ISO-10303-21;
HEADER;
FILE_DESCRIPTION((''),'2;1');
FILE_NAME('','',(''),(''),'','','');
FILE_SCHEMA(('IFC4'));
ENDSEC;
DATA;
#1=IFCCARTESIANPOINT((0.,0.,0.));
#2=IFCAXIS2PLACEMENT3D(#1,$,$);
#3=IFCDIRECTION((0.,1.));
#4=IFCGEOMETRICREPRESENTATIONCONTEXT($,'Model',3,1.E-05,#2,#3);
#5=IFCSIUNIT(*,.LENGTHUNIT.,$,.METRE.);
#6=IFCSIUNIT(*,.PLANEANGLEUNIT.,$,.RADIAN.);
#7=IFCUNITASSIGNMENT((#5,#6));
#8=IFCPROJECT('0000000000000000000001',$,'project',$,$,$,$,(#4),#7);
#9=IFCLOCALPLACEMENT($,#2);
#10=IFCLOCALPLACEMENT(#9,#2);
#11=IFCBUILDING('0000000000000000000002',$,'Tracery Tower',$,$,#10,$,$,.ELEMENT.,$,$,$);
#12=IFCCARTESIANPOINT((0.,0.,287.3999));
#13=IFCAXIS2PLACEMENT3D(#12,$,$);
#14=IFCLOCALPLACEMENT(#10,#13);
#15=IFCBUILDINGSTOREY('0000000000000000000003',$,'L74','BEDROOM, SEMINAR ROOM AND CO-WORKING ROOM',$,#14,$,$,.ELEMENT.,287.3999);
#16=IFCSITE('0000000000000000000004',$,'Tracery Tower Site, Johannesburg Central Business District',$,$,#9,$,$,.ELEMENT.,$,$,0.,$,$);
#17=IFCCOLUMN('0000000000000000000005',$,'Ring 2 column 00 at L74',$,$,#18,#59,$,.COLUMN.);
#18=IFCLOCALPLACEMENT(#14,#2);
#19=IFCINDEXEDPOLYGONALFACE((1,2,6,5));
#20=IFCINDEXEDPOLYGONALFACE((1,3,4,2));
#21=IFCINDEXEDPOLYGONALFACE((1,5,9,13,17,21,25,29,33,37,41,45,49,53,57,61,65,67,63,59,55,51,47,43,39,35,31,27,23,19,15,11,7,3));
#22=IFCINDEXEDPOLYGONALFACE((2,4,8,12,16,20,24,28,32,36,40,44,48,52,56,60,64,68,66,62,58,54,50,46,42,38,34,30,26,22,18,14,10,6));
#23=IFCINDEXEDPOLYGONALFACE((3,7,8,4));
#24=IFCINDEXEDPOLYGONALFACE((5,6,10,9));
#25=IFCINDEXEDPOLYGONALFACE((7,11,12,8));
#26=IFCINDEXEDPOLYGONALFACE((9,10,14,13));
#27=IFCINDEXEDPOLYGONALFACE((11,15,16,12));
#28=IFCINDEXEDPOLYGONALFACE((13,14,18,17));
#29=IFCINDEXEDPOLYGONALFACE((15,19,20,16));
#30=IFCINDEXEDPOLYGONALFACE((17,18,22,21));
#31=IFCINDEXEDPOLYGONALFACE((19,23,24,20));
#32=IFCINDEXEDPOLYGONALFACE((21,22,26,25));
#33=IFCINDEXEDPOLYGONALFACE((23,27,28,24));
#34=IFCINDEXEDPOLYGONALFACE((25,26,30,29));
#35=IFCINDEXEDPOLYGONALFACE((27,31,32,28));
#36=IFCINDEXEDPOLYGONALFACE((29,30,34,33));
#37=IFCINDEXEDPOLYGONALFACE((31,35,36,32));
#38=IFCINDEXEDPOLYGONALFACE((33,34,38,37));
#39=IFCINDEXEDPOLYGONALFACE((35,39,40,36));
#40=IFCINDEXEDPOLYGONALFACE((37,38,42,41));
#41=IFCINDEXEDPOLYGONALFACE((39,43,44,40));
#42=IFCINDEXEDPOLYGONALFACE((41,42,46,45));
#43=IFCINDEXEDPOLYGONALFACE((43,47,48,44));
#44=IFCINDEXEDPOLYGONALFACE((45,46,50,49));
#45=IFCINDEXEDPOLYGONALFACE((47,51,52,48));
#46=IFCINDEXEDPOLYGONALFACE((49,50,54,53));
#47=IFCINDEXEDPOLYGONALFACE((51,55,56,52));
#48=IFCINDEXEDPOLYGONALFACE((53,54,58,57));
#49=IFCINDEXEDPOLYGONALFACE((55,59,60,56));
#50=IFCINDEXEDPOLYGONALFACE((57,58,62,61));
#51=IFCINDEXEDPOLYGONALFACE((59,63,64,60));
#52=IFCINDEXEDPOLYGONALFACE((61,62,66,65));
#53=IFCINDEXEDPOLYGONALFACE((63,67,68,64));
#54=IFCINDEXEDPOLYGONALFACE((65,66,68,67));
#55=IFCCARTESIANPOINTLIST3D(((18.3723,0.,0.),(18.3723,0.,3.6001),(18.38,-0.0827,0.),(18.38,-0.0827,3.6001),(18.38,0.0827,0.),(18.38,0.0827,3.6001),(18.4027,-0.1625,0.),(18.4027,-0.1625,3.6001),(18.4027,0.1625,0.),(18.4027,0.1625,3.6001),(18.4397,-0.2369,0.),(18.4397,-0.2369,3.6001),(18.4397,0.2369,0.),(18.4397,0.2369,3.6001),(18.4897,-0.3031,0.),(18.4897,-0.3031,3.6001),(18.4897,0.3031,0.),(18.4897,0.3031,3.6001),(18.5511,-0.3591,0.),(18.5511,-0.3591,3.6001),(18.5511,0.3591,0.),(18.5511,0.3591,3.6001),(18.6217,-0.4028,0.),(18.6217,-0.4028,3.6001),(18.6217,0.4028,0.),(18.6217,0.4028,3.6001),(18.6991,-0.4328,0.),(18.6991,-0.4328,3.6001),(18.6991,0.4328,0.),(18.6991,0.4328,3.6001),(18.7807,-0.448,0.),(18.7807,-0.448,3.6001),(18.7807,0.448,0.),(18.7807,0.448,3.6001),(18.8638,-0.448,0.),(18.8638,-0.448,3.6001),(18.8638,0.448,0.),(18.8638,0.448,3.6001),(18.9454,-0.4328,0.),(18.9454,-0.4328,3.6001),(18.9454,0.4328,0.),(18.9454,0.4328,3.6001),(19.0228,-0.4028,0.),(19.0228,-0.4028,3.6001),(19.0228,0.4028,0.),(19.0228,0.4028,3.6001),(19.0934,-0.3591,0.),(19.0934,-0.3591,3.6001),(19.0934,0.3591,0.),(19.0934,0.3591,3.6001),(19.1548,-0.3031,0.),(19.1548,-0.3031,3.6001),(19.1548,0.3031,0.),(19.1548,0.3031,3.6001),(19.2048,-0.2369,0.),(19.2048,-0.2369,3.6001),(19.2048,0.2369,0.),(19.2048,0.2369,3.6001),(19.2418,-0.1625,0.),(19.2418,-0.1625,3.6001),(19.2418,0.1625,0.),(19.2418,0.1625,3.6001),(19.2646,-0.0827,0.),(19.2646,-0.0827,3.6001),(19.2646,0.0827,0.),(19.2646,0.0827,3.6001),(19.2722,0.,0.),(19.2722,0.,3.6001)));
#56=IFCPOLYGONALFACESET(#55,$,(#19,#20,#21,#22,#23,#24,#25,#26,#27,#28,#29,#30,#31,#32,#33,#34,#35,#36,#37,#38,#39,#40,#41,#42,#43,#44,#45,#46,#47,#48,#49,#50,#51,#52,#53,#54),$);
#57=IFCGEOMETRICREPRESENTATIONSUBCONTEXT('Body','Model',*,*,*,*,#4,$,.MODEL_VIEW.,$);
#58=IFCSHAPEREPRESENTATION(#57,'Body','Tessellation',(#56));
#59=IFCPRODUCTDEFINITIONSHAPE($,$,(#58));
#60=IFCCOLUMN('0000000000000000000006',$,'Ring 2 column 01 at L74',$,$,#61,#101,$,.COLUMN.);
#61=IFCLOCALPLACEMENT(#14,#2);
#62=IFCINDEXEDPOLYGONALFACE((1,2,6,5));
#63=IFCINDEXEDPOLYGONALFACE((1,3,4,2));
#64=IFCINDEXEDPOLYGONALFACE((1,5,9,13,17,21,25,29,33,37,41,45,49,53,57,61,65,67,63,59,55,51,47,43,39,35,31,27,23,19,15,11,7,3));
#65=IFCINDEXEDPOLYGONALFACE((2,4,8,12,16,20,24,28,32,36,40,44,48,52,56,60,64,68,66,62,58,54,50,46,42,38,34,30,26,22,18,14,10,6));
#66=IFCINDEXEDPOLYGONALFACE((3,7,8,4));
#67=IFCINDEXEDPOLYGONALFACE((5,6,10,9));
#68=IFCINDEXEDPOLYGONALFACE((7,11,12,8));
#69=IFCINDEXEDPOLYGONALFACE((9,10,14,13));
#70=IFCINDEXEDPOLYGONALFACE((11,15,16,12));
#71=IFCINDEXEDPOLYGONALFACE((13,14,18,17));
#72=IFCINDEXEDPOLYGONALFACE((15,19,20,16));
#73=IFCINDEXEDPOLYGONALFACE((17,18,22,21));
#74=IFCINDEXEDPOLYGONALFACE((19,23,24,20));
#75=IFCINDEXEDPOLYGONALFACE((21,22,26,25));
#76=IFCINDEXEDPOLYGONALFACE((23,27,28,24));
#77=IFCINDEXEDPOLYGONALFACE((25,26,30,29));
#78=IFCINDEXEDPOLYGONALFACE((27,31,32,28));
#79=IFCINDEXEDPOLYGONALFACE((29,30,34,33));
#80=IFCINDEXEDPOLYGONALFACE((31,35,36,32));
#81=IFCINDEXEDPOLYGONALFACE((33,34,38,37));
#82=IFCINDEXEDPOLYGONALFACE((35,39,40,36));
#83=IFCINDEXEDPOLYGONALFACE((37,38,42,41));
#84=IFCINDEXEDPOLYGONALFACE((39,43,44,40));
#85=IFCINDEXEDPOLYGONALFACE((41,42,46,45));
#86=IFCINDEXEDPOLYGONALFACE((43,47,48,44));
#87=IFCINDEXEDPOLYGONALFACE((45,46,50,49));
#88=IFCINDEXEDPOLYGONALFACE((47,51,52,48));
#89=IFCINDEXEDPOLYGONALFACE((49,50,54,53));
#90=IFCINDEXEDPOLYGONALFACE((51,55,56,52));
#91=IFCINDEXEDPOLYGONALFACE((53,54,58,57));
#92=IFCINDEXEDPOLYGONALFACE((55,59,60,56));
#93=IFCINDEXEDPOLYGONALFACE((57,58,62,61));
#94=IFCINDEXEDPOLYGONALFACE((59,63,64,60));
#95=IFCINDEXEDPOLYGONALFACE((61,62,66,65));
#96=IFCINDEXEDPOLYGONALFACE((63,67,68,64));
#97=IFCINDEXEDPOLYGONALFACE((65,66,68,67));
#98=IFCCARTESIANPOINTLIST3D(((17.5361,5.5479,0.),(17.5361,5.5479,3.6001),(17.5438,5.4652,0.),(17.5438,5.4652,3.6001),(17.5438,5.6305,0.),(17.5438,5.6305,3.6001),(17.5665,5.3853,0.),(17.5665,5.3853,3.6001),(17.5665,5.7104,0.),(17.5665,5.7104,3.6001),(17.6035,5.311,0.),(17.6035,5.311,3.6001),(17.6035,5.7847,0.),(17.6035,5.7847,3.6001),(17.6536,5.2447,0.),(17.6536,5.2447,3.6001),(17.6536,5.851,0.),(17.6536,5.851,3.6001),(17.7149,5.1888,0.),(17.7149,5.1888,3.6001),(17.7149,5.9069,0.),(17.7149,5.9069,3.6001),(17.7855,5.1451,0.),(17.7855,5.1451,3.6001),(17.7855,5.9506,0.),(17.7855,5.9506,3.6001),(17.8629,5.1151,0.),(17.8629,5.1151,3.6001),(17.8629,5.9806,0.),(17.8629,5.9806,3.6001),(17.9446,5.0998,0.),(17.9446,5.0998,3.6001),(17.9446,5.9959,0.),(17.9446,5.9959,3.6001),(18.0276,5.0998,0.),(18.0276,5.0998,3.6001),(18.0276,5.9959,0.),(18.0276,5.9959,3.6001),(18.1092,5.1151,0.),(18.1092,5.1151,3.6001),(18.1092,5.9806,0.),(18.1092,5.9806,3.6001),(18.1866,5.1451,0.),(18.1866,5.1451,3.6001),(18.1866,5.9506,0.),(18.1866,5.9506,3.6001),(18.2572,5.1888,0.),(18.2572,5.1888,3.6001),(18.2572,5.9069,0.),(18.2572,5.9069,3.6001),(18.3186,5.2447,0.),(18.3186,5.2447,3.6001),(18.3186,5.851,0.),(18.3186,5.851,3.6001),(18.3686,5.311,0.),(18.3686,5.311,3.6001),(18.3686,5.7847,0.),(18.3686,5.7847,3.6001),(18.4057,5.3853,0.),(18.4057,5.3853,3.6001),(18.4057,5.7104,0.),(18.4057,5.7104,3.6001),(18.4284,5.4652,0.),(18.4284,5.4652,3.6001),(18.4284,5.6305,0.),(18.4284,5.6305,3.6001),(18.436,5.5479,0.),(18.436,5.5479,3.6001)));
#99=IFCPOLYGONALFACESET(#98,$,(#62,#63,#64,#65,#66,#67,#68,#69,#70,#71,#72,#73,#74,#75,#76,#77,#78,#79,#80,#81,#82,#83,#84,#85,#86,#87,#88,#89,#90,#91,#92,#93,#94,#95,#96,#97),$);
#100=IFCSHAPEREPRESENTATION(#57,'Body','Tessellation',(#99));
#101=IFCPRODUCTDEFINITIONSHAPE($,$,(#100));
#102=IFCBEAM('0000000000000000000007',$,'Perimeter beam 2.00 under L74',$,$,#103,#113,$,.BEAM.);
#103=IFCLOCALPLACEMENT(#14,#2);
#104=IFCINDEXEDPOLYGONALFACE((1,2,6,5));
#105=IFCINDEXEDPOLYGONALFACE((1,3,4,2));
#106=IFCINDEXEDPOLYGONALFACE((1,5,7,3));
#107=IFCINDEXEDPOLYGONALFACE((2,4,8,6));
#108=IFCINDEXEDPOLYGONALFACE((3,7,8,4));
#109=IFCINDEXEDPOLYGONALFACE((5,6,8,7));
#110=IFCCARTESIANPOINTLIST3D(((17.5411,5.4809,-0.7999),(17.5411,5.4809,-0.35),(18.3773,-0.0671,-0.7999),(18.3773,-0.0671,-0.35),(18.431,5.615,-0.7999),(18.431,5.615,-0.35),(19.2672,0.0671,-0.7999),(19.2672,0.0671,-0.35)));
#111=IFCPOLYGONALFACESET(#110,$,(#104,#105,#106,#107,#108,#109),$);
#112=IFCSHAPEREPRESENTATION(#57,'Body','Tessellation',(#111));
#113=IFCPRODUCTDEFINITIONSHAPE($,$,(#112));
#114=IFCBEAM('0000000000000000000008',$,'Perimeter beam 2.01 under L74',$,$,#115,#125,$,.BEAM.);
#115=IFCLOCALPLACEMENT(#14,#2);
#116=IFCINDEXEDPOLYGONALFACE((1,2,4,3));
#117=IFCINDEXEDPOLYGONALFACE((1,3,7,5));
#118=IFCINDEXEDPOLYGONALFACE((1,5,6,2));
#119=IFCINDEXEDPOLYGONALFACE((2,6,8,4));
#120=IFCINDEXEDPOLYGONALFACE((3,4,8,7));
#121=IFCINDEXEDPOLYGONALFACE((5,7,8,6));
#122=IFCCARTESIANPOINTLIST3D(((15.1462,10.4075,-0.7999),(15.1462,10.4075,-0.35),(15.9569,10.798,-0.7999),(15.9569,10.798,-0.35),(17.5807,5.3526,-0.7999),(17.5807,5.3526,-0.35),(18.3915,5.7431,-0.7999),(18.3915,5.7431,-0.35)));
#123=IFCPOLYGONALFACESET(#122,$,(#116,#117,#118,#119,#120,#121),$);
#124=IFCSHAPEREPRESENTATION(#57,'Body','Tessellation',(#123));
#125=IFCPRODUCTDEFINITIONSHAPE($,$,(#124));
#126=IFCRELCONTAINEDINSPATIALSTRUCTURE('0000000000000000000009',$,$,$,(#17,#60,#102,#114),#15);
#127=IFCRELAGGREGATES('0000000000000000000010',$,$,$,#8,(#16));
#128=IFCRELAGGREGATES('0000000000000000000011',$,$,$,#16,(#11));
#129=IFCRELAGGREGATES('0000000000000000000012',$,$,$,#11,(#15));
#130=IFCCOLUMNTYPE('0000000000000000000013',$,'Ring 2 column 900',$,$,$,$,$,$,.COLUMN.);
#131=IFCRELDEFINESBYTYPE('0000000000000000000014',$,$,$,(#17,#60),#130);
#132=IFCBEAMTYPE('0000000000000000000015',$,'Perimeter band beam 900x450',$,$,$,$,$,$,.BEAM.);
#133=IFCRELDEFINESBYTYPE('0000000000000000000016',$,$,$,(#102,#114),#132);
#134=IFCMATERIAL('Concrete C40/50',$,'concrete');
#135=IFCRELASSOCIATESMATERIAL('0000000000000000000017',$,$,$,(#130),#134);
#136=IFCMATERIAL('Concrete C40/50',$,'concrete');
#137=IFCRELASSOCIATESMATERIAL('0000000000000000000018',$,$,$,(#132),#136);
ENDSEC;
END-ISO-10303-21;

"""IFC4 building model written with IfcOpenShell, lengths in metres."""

from ifc_helpers import new_model, si_unit, direction, frame, origin, origin_2d, place, context, subcontext, project, spatial, rectangle, circle, extrude, material, material_profile, profile_set, type_object, element, save


model = new_model("IFC4")

# Units and contexts
model_context = context("Model", 3, precision=1e-05, world=origin(), true_north=direction((0.0, 1.0)))
body_context = subcontext(model_context, "Body", "Model", "MODEL_VIEW")
ifc_project = project(units=[si_unit("LENGTHUNIT", "METRE"), si_unit("PLANEANGLEUNIT", "RADIAN")], contexts=[model_context])

# Site, building, storey
site_placement = place(None, origin())
site = spatial("IfcSite", under=ifc_project, at=site_placement, Name="Tracery Tower Site, Johannesburg Central Business District", CompositionType="ELEMENT", RefElevation=0.0)
building_placement = place(site_placement, origin())
building = spatial("IfcBuilding", under=site, at=building_placement, Name="Tracery Tower", CompositionType="ELEMENT")
storey_placement = place(building_placement, frame((0.0, 0.0, 287.3999)))
storey = spatial("IfcBuildingStorey", under=building, at=storey_placement, Name="L74", Description="BEDROOM, SEMINAR ROOM AND CO-WORKING ROOM", CompositionType="ELEMENT", Elevation=287.3999)

# Columns
ifc_material_1 = material(Name="Concrete C40/50", Category="concrete")
ifc_material_profile_1 = material_profile(ifc_material_1, circle(Radius=0.45, at=origin_2d()), Name="RC D900")
ifc_profile_set_1 = profile_set([ifc_material_profile_1], Name="Concrete C40/50")
column_type = type_object("IfcColumnType", Name="Ring 2 column 900", PredefinedType="COLUMN", material=ifc_profile_set_1)
for number, where, z_axis, x_axis, name in (
    (1, (18.8223, 0.0, 0.0), (0.0, 0.0, 1.0), (1.0, 0.0, 0.0), "Ring 2 column 00 at L74"),
    (2, (17.9861, 5.5479, 0.0), (0.0, 0.0, 1.0), (1.0, 0.0, 0.0), "Ring 2 column 01 at L74"),
):
    element("IfcColumn", number, at=place(storey_placement, frame(where, z_axis=z_axis, x_axis=x_axis)), inside=storey, type_object=column_type, Name=name, PredefinedType="COLUMN", context=body_context, shape_type="SweptSolid", body=[
        extrude(circle(Radius=0.45, at=origin_2d()), origin(), (0.0, 0.0, 1.0), 3.6001),
    ])

# Beams
ifc_material_2 = material(Name="Concrete C40/50", Category="concrete")
ifc_material_profile_2 = material_profile(ifc_material_2, rectangle(XDim=0.8999, YDim=0.45, at=origin_2d()), Name="RC 900x450")
ifc_profile_set_2 = profile_set([ifc_material_profile_2], Name="Concrete C40/50")
beam_type = type_object("IfcBeamType", Name="Perimeter band beam 900x450", PredefinedType="BEAM", material=ifc_profile_set_2)
for number, where, z_axis, x_axis, name in (
    (3, (18.8223, 0.0, -0.575), (-0.149038, 0.988831, 0.0), (-0.988831, -0.149038, 0.0), "Perimeter beam 2.00 under L74"),
    (4, (17.9861, 5.5479, -0.575), (-0.433919, 0.900952, 0.0), (-0.900952, -0.433919, 0.0), "Perimeter beam 2.01 under L74"),
):
    element("IfcBeam", number, at=place(storey_placement, frame(where, z_axis=z_axis, x_axis=x_axis)), inside=storey, type_object=beam_type, Name=name, PredefinedType="BEAM", context=body_context, shape_type="SweptSolid", body=[
        extrude(rectangle(XDim=0.8999, YDim=0.45, at=origin_2d()), origin(), (0.0, 0.0, 1.0), 5.6106),
    ])

save(model, "model.ifc")
